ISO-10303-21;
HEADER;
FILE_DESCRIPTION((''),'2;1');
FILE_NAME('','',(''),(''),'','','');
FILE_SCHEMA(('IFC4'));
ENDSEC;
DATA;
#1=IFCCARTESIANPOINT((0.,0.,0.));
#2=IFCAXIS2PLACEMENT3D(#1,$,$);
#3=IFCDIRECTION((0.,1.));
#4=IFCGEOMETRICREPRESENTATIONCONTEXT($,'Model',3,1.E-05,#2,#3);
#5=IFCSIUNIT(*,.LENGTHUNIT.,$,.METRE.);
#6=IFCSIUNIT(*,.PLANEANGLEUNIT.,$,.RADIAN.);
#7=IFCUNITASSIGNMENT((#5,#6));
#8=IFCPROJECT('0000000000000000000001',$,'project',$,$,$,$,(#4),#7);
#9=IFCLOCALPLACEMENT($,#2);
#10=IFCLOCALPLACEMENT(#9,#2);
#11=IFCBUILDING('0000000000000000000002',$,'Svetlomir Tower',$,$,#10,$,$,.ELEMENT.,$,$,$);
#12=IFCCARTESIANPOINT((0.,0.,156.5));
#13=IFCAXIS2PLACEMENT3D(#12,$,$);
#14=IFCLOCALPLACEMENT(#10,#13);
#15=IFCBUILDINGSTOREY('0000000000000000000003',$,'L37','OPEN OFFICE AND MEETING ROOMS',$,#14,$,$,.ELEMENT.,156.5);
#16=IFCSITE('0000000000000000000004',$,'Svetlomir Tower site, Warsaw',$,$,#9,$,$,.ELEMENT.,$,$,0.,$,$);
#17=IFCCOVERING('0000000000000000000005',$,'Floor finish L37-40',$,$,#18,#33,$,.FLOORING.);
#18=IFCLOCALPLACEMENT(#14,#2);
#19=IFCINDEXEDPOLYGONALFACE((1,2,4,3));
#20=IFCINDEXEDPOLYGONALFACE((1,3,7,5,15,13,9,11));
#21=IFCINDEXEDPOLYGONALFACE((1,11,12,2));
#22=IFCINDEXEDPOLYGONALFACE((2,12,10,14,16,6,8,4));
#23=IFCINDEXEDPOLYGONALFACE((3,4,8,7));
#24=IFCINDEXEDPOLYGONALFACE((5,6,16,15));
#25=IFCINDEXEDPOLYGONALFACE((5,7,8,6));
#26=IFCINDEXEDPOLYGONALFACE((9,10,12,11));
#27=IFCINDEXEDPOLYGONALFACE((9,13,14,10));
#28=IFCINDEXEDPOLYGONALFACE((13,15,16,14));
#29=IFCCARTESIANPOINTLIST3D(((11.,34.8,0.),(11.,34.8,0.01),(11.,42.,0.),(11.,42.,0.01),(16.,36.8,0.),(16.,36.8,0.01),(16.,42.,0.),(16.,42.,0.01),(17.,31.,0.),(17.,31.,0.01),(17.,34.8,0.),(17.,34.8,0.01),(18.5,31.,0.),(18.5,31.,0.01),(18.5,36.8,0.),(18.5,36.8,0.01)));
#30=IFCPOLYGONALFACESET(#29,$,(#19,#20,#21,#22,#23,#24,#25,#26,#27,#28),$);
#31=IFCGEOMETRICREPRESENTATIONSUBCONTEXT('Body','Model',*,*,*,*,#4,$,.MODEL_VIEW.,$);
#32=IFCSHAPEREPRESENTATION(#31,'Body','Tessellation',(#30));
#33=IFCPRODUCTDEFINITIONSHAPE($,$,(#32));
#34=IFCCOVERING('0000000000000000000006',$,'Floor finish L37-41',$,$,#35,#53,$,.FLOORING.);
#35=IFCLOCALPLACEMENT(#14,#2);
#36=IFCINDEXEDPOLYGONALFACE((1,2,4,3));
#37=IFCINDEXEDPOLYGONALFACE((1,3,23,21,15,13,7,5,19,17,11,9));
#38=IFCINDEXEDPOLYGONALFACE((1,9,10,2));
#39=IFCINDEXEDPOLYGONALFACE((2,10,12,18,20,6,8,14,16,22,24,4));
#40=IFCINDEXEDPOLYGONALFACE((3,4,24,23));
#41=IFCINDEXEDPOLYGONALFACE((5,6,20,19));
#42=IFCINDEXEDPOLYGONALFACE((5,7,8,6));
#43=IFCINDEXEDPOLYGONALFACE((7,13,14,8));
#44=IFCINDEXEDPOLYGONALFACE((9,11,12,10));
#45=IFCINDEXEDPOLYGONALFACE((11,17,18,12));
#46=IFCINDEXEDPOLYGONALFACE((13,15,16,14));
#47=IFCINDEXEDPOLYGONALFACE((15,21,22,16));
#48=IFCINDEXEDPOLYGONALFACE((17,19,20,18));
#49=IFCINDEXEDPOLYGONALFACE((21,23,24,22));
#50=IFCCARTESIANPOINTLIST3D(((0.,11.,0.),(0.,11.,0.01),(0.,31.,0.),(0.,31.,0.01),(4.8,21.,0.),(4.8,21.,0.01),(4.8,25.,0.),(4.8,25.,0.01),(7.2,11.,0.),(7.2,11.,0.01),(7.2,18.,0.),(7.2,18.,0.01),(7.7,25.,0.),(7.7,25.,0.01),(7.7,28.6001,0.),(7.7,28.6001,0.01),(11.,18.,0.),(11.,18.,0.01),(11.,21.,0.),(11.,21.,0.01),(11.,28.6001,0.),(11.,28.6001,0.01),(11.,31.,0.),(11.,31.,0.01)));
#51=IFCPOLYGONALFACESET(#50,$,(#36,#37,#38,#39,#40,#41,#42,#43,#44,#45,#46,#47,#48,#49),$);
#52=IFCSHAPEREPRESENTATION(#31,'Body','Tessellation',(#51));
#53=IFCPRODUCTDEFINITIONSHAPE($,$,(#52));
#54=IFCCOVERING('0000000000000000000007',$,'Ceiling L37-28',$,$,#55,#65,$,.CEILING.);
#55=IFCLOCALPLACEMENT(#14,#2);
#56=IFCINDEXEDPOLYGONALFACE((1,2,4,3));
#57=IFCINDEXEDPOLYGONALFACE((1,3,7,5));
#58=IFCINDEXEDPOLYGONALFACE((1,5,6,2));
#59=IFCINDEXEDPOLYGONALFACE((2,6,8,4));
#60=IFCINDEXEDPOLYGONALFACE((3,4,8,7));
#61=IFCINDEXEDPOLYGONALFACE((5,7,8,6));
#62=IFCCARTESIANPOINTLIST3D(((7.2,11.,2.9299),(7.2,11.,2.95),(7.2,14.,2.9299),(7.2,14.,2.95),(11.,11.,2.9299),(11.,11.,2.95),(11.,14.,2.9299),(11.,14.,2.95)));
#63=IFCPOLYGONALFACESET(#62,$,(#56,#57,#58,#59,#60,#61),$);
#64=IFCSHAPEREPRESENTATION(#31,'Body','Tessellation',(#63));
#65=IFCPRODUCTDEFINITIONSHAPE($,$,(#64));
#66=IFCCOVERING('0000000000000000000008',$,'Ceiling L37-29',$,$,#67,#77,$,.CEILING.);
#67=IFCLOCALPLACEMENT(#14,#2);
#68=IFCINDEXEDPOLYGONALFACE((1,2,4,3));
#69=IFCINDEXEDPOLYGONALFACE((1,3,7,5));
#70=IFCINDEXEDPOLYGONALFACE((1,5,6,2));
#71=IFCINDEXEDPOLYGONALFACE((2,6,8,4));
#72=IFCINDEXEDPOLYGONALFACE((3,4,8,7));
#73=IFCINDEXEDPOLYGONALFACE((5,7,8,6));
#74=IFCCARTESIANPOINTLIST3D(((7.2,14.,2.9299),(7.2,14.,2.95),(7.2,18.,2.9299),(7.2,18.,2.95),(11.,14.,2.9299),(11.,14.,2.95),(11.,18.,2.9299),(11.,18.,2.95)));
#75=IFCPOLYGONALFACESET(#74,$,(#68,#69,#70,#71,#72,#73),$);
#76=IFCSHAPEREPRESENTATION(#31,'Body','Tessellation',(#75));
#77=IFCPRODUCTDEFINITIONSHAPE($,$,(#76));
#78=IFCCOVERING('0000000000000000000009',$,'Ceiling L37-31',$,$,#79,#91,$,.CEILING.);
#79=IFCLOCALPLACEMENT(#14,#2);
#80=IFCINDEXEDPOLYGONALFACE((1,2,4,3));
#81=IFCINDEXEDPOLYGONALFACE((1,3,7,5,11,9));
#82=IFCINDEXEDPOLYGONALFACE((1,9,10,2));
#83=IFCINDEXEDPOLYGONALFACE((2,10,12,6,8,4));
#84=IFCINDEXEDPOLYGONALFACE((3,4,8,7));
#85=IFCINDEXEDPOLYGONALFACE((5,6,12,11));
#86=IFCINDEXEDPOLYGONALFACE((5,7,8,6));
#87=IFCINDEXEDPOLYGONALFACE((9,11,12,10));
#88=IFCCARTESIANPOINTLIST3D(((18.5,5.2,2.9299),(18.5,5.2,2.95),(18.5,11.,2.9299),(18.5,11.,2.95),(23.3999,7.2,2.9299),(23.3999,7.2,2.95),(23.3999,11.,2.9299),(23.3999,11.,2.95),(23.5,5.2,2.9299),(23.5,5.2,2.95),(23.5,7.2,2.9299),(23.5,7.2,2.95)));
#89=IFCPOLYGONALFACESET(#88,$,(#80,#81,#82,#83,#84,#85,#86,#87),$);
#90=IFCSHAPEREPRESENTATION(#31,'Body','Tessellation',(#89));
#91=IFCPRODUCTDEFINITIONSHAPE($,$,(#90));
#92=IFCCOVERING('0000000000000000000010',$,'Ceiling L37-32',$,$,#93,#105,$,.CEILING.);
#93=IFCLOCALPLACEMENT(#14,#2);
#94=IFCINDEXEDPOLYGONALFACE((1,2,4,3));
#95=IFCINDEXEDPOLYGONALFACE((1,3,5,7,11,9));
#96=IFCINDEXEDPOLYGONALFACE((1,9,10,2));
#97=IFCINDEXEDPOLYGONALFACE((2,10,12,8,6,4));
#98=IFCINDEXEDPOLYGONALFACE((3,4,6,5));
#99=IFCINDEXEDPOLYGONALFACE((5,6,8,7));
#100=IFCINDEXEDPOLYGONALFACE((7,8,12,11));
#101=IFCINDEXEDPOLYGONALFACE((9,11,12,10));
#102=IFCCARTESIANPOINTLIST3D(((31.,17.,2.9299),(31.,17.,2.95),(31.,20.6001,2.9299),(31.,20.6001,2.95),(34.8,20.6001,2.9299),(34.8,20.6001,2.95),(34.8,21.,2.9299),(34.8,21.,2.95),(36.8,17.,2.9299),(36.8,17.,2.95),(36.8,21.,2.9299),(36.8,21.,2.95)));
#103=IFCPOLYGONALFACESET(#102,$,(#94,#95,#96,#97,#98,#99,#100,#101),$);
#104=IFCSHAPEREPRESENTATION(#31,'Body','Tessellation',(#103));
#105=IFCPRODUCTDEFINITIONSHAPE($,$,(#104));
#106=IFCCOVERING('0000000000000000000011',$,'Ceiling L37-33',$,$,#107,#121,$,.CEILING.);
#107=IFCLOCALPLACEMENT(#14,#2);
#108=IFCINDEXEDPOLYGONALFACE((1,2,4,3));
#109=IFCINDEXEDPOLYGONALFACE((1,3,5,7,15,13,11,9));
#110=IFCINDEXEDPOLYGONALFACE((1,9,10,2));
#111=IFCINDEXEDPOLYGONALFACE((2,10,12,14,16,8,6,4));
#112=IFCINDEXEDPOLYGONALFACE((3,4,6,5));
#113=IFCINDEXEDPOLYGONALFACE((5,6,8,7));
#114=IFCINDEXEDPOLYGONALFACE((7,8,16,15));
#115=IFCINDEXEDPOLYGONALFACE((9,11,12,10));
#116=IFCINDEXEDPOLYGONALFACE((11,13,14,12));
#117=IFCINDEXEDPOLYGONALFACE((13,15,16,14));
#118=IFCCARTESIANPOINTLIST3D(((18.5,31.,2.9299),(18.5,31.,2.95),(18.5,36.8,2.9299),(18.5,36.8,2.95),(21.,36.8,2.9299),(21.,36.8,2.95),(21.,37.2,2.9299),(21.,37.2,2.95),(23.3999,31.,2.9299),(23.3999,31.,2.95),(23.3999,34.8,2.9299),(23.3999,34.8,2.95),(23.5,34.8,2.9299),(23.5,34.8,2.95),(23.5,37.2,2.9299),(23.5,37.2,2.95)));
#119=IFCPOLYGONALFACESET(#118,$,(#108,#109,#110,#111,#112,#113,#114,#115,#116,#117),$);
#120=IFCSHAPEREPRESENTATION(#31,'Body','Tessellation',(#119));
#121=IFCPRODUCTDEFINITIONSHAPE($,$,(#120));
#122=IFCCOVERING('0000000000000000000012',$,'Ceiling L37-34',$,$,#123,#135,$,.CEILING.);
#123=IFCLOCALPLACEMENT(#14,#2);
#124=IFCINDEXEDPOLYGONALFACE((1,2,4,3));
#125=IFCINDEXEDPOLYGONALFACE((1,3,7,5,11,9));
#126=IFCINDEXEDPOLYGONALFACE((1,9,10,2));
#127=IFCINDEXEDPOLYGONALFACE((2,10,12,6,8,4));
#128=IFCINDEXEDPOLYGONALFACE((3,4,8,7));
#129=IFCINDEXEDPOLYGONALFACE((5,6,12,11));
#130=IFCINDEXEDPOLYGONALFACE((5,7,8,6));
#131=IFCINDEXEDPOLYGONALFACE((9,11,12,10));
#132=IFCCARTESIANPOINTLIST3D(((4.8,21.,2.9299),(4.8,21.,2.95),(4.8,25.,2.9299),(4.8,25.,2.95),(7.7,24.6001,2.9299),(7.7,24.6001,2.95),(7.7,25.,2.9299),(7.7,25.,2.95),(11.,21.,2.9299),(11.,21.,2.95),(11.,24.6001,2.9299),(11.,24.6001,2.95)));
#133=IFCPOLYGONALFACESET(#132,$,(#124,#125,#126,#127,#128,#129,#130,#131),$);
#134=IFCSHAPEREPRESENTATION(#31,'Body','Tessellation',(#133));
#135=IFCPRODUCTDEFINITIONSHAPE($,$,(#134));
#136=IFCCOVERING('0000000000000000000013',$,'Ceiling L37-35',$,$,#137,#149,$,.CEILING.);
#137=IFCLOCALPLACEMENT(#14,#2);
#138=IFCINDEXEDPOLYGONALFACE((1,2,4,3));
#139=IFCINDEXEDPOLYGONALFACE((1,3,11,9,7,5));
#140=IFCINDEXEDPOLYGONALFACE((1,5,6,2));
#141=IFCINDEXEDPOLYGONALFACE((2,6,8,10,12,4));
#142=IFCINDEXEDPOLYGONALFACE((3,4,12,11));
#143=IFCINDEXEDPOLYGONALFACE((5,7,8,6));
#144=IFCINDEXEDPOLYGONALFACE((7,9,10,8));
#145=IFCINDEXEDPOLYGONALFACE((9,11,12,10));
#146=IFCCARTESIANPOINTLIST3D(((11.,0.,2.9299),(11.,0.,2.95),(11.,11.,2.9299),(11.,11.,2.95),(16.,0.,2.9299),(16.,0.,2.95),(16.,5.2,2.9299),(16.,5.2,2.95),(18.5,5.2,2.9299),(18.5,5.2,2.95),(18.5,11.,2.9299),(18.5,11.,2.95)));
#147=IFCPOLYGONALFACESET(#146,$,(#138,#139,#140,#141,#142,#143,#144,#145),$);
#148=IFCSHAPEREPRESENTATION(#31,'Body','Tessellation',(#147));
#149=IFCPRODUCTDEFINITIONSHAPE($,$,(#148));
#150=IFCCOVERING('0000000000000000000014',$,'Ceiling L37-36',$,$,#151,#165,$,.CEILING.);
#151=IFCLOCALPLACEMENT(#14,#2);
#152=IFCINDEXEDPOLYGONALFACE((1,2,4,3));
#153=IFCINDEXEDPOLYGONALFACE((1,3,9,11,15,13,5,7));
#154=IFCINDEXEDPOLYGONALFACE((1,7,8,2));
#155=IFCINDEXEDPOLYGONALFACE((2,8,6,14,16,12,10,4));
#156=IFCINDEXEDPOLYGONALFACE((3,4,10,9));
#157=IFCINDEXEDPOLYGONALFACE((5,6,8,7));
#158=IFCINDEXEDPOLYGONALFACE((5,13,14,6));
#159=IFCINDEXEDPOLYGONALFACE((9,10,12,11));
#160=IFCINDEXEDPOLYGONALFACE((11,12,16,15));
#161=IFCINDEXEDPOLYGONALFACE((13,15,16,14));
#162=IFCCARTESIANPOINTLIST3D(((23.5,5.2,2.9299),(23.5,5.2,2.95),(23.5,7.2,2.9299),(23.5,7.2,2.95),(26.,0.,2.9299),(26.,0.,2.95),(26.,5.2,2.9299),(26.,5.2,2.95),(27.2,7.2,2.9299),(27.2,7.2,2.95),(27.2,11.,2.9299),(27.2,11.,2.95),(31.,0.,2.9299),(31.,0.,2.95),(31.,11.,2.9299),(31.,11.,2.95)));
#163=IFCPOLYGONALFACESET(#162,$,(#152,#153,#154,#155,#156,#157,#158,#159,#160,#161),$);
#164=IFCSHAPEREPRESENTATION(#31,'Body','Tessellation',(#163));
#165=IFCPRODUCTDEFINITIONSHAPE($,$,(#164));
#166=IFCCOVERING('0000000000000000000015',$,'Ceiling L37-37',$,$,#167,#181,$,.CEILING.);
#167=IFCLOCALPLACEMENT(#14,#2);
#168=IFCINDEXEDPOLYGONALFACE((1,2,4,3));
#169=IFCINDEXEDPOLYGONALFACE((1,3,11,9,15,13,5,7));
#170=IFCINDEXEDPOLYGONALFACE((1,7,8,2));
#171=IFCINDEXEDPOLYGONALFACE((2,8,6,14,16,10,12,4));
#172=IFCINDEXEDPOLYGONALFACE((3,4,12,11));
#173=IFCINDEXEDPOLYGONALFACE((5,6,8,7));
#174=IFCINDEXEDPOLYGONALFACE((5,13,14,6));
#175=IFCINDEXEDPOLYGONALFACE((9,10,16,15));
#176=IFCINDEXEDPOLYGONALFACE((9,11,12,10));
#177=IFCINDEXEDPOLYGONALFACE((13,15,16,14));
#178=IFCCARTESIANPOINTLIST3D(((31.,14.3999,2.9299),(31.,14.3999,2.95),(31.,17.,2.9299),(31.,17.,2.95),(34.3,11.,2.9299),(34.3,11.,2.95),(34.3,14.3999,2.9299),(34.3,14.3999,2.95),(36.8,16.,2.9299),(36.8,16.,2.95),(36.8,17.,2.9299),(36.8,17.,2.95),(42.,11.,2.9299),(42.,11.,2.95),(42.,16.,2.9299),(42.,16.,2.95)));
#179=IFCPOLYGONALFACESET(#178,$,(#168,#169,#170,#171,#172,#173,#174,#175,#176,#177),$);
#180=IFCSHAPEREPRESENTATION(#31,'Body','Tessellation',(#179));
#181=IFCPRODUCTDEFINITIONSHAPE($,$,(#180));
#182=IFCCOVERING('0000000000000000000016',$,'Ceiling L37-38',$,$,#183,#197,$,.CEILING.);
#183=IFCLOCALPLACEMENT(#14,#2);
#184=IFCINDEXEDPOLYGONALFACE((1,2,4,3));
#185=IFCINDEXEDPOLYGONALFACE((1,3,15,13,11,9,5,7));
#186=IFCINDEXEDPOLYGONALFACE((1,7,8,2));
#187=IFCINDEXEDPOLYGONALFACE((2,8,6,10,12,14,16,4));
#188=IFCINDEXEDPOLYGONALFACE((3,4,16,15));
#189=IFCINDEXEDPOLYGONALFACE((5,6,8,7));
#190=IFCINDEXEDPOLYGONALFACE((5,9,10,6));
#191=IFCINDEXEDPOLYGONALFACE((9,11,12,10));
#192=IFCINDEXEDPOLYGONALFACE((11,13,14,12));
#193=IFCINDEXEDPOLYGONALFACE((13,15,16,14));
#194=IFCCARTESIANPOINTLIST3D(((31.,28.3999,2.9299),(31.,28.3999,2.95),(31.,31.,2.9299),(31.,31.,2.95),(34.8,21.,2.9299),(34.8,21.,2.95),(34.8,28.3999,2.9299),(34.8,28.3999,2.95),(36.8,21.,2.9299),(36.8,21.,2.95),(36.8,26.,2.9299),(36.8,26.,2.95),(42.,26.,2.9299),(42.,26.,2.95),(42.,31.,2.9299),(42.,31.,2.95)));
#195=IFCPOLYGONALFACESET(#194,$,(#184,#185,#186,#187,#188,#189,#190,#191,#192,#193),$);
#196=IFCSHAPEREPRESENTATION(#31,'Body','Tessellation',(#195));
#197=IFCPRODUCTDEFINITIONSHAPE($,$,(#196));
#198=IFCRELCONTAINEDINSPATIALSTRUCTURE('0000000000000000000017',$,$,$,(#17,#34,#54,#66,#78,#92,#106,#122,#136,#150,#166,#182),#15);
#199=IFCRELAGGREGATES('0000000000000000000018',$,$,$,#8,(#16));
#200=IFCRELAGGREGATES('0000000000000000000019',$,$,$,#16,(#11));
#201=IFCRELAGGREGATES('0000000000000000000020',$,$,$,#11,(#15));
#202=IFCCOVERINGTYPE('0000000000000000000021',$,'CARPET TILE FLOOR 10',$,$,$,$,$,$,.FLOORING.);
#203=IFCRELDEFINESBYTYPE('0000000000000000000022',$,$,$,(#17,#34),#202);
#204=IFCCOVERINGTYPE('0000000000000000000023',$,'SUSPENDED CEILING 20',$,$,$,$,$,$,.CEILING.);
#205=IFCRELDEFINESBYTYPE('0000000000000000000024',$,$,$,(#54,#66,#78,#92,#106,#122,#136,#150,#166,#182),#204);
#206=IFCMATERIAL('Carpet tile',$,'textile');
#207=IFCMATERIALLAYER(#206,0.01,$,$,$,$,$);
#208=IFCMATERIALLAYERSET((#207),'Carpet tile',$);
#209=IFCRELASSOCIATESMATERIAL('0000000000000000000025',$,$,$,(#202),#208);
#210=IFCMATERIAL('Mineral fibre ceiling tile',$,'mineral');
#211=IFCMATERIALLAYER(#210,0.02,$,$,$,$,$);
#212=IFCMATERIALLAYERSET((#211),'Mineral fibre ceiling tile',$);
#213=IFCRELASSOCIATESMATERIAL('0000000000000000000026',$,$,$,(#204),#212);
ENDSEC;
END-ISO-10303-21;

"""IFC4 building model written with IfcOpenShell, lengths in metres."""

from ifc_helpers import new_model, si_unit, direction, frame, origin, place, context, subcontext, project, spatial, polyline, outline, extrude, material, layer, layer_set, type_object, element, save


model = new_model("IFC4")

# Units and contexts
model_context = context("Model", 3, precision=1e-05, world=origin(), true_north=direction((0.0, 1.0)))
body_context = subcontext(model_context, "Body", "Model", "MODEL_VIEW")
ifc_project = project(units=[si_unit("LENGTHUNIT", "METRE"), si_unit("PLANEANGLEUNIT", "RADIAN")], contexts=[model_context])

# Site, building, storey
site_placement = place(None, origin())
site = spatial("IfcSite", under=ifc_project, at=site_placement, Name="Svetlomir Tower site, Warsaw", CompositionType="ELEMENT", RefElevation=0.0)
building_placement = place(site_placement, origin())
building = spatial("IfcBuilding", under=site, at=building_placement, Name="Svetlomir Tower", CompositionType="ELEMENT")
storey_placement = place(building_placement, frame((0.0, 0.0, 156.5)))
storey = spatial("IfcBuildingStorey", under=building, at=storey_placement, Name="L37", Description="OPEN OFFICE AND MEETING ROOMS", CompositionType="ELEMENT", Elevation=156.5)

# Coverings
ifc_material_1 = material(Name="Carpet tile", Category="textile")
ifc_layer_1 = layer(ifc_material_1, 0.01)
ifc_layer_set_1 = layer_set([ifc_layer_1], Name="Carpet tile")
covering_type_1 = type_object("IfcCoveringType", Name="CARPET TILE FLOOR 10", PredefinedType="FLOORING", material=ifc_layer_set_1)
covering_1_placement = place(storey_placement, origin())
element("IfcCovering", 1, at=covering_1_placement, inside=storey, type_object=covering_type_1, Name="Floor finish L37-40", PredefinedType="FLOORING", context=body_context, shape_type="SweptSolid", body=[
    extrude(outline(polyline([(17.0, 34.8), (11.0, 34.8), (11.0, 42.0), (16.0, 42.0), (16.0, 36.8), (18.5, 36.8), (18.5, 31.0), (17.0, 31.0), (17.0, 34.8)])), origin(), (0.0, 0.0, 1.0), 0.01),
])
covering_2_placement = place(storey_placement, origin())
element("IfcCovering", 2, at=covering_2_placement, inside=storey, type_object=covering_type_1, Name="Floor finish L37-41", PredefinedType="FLOORING", context=body_context, shape_type="SweptSolid", body=[
    extrude(outline(polyline([(11.0, 31.0), (11.0, 28.6001), (7.7, 28.6001), (7.7, 25.0), (4.8, 25.0), (4.8, 21.0), (11.0, 21.0), (11.0, 18.0), (7.2, 18.0), (7.2, 11.0), (0.0, 11.0), (0.0, 31.0), (11.0, 31.0)])), origin(), (0.0, 0.0, 1.0), 0.01),
])
ifc_material_2 = material(Name="Mineral fibre ceiling tile", Category="mineral")
ifc_layer_2 = layer(ifc_material_2, 0.02)
ifc_layer_set_2 = layer_set([ifc_layer_2], Name="Mineral fibre ceiling tile")
covering_type_2 = type_object("IfcCoveringType", Name="SUSPENDED CEILING 20", PredefinedType="CEILING", material=ifc_layer_set_2)
covering_3_placement = place(storey_placement, frame((0.0, 0.0, 2.9299)))
element("IfcCovering", 3, at=covering_3_placement, inside=storey, type_object=covering_type_2, Name="Ceiling L37-28", PredefinedType="CEILING", context=body_context, shape_type="SweptSolid", body=[
    extrude(outline(polyline([(7.2, 11.0), (11.0, 11.0), (11.0, 14.0), (7.2, 14.0), (7.2, 11.0)])), origin(), (0.0, 0.0, 1.0), 0.02),
])
covering_4_placement = place(storey_placement, frame((0.0, 0.0, 2.9299)))
element("IfcCovering", 4, at=covering_4_placement, inside=storey, type_object=covering_type_2, Name="Ceiling L37-29", PredefinedType="CEILING", context=body_context, shape_type="SweptSolid", body=[
    extrude(outline(polyline([(7.2, 14.0), (11.0, 14.0), (11.0, 18.0), (7.2, 18.0), (7.2, 14.0)])), origin(), (0.0, 0.0, 1.0), 0.02),
])
covering_5_placement = place(storey_placement, frame((0.0, 0.0, 2.9299)))
element("IfcCovering", 5, at=covering_5_placement, inside=storey, type_object=covering_type_2, Name="Ceiling L37-31", PredefinedType="CEILING", context=body_context, shape_type="SweptSolid", body=[
    extrude(outline(polyline([(23.3999, 11.0), (23.3999, 7.2), (23.5, 7.2), (23.5, 5.2), (18.5, 5.2), (18.5, 11.0), (23.3999, 11.0)])), origin(), (0.0, 0.0, 1.0), 0.02),
])
covering_6_placement = place(storey_placement, frame((0.0, 0.0, 2.9299)))
element("IfcCovering", 6, at=covering_6_placement, inside=storey, type_object=covering_type_2, Name="Ceiling L37-32", PredefinedType="CEILING", context=body_context, shape_type="SweptSolid", body=[
    extrude(outline(polyline([(31.0, 20.6001), (34.8, 20.6001), (34.8, 21.0), (36.8, 21.0), (36.8, 17.0), (31.0, 17.0), (31.0, 20.6001)])), origin(), (0.0, 0.0, 1.0), 0.02),
])
covering_7_placement = place(storey_placement, frame((0.0, 0.0, 2.9299)))
element("IfcCovering", 7, at=covering_7_placement, inside=storey, type_object=covering_type_2, Name="Ceiling L37-33", PredefinedType="CEILING", context=body_context, shape_type="SweptSolid", body=[
    extrude(outline(polyline([(23.3999, 34.8), (23.3999, 31.0), (18.5, 31.0), (18.5, 36.8), (21.0, 36.8), (21.0, 37.2), (23.5, 37.2), (23.5, 34.8), (23.3999, 34.8)])), origin(), (0.0, 0.0, 1.0), 0.02),
])
covering_8_placement = place(storey_placement, frame((0.0, 0.0, 2.9299)))
element("IfcCovering", 8, at=covering_8_placement, inside=storey, type_object=covering_type_2, Name="Ceiling L37-34", PredefinedType="CEILING", context=body_context, shape_type="SweptSolid", body=[
    extrude(outline(polyline([(7.7, 24.6001), (11.0, 24.6001), (11.0, 21.0), (4.8, 21.0), (4.8, 25.0), (7.7, 25.0), (7.7, 24.6001)])), origin(), (0.0, 0.0, 1.0), 0.02),
])
covering_9_placement = place(storey_placement, frame((0.0, 0.0, 2.9299)))
element("IfcCovering", 9, at=covering_9_placement, inside=storey, type_object=covering_type_2, Name="Ceiling L37-35", PredefinedType="CEILING", context=body_context, shape_type="SweptSolid", body=[
    extrude(outline(polyline([(18.5, 11.0), (18.5, 5.2), (16.0, 5.2), (16.0, 0.0), (11.0, 0.0), (11.0, 11.0), (18.5, 11.0)])), origin(), (0.0, 0.0, 1.0), 0.02),
])
covering_10_placement = place(storey_placement, frame((0.0, 0.0, 2.9299)))
element("IfcCovering", 10, at=covering_10_placement, inside=storey, type_object=covering_type_2, Name="Ceiling L37-36", PredefinedType="CEILING", context=body_context, shape_type="SweptSolid", body=[
    extrude(outline(polyline([(27.2, 11.0), (31.0, 11.0), (31.0, 0.0), (26.0, 0.0), (26.0, 5.2), (23.5, 5.2), (23.5, 7.2), (27.2, 7.2), (27.2, 11.0)])), origin(), (0.0, 0.0, 1.0), 0.02),
])
covering_11_placement = place(storey_placement, frame((0.0, 0.0, 2.9299)))
element("IfcCovering", 11, at=covering_11_placement, inside=storey, type_object=covering_type_2, Name="Ceiling L37-37", PredefinedType="CEILING", context=body_context, shape_type="SweptSolid", body=[
    extrude(outline(polyline([(34.3, 14.3999), (31.0, 14.3999), (31.0, 17.0), (36.8, 17.0), (36.8, 16.0), (42.0, 16.0), (42.0, 11.0), (34.3, 11.0), (34.3, 14.3999)])), origin(), (0.0, 0.0, 1.0), 0.02),
])
covering_12_placement = place(storey_placement, frame((0.0, 0.0, 2.9299)))
element("IfcCovering", 12, at=covering_12_placement, inside=storey, type_object=covering_type_2, Name="Ceiling L37-38", PredefinedType="CEILING", context=body_context, shape_type="SweptSolid", body=[
    extrude(outline(polyline([(34.8, 28.3999), (31.0, 28.3999), (31.0, 31.0), (42.0, 31.0), (42.0, 26.0), (36.8, 26.0), (36.8, 21.0), (34.8, 21.0), (34.8, 28.3999)])), origin(), (0.0, 0.0, 1.0), 0.02),
])

save(model, "model.ifc")
